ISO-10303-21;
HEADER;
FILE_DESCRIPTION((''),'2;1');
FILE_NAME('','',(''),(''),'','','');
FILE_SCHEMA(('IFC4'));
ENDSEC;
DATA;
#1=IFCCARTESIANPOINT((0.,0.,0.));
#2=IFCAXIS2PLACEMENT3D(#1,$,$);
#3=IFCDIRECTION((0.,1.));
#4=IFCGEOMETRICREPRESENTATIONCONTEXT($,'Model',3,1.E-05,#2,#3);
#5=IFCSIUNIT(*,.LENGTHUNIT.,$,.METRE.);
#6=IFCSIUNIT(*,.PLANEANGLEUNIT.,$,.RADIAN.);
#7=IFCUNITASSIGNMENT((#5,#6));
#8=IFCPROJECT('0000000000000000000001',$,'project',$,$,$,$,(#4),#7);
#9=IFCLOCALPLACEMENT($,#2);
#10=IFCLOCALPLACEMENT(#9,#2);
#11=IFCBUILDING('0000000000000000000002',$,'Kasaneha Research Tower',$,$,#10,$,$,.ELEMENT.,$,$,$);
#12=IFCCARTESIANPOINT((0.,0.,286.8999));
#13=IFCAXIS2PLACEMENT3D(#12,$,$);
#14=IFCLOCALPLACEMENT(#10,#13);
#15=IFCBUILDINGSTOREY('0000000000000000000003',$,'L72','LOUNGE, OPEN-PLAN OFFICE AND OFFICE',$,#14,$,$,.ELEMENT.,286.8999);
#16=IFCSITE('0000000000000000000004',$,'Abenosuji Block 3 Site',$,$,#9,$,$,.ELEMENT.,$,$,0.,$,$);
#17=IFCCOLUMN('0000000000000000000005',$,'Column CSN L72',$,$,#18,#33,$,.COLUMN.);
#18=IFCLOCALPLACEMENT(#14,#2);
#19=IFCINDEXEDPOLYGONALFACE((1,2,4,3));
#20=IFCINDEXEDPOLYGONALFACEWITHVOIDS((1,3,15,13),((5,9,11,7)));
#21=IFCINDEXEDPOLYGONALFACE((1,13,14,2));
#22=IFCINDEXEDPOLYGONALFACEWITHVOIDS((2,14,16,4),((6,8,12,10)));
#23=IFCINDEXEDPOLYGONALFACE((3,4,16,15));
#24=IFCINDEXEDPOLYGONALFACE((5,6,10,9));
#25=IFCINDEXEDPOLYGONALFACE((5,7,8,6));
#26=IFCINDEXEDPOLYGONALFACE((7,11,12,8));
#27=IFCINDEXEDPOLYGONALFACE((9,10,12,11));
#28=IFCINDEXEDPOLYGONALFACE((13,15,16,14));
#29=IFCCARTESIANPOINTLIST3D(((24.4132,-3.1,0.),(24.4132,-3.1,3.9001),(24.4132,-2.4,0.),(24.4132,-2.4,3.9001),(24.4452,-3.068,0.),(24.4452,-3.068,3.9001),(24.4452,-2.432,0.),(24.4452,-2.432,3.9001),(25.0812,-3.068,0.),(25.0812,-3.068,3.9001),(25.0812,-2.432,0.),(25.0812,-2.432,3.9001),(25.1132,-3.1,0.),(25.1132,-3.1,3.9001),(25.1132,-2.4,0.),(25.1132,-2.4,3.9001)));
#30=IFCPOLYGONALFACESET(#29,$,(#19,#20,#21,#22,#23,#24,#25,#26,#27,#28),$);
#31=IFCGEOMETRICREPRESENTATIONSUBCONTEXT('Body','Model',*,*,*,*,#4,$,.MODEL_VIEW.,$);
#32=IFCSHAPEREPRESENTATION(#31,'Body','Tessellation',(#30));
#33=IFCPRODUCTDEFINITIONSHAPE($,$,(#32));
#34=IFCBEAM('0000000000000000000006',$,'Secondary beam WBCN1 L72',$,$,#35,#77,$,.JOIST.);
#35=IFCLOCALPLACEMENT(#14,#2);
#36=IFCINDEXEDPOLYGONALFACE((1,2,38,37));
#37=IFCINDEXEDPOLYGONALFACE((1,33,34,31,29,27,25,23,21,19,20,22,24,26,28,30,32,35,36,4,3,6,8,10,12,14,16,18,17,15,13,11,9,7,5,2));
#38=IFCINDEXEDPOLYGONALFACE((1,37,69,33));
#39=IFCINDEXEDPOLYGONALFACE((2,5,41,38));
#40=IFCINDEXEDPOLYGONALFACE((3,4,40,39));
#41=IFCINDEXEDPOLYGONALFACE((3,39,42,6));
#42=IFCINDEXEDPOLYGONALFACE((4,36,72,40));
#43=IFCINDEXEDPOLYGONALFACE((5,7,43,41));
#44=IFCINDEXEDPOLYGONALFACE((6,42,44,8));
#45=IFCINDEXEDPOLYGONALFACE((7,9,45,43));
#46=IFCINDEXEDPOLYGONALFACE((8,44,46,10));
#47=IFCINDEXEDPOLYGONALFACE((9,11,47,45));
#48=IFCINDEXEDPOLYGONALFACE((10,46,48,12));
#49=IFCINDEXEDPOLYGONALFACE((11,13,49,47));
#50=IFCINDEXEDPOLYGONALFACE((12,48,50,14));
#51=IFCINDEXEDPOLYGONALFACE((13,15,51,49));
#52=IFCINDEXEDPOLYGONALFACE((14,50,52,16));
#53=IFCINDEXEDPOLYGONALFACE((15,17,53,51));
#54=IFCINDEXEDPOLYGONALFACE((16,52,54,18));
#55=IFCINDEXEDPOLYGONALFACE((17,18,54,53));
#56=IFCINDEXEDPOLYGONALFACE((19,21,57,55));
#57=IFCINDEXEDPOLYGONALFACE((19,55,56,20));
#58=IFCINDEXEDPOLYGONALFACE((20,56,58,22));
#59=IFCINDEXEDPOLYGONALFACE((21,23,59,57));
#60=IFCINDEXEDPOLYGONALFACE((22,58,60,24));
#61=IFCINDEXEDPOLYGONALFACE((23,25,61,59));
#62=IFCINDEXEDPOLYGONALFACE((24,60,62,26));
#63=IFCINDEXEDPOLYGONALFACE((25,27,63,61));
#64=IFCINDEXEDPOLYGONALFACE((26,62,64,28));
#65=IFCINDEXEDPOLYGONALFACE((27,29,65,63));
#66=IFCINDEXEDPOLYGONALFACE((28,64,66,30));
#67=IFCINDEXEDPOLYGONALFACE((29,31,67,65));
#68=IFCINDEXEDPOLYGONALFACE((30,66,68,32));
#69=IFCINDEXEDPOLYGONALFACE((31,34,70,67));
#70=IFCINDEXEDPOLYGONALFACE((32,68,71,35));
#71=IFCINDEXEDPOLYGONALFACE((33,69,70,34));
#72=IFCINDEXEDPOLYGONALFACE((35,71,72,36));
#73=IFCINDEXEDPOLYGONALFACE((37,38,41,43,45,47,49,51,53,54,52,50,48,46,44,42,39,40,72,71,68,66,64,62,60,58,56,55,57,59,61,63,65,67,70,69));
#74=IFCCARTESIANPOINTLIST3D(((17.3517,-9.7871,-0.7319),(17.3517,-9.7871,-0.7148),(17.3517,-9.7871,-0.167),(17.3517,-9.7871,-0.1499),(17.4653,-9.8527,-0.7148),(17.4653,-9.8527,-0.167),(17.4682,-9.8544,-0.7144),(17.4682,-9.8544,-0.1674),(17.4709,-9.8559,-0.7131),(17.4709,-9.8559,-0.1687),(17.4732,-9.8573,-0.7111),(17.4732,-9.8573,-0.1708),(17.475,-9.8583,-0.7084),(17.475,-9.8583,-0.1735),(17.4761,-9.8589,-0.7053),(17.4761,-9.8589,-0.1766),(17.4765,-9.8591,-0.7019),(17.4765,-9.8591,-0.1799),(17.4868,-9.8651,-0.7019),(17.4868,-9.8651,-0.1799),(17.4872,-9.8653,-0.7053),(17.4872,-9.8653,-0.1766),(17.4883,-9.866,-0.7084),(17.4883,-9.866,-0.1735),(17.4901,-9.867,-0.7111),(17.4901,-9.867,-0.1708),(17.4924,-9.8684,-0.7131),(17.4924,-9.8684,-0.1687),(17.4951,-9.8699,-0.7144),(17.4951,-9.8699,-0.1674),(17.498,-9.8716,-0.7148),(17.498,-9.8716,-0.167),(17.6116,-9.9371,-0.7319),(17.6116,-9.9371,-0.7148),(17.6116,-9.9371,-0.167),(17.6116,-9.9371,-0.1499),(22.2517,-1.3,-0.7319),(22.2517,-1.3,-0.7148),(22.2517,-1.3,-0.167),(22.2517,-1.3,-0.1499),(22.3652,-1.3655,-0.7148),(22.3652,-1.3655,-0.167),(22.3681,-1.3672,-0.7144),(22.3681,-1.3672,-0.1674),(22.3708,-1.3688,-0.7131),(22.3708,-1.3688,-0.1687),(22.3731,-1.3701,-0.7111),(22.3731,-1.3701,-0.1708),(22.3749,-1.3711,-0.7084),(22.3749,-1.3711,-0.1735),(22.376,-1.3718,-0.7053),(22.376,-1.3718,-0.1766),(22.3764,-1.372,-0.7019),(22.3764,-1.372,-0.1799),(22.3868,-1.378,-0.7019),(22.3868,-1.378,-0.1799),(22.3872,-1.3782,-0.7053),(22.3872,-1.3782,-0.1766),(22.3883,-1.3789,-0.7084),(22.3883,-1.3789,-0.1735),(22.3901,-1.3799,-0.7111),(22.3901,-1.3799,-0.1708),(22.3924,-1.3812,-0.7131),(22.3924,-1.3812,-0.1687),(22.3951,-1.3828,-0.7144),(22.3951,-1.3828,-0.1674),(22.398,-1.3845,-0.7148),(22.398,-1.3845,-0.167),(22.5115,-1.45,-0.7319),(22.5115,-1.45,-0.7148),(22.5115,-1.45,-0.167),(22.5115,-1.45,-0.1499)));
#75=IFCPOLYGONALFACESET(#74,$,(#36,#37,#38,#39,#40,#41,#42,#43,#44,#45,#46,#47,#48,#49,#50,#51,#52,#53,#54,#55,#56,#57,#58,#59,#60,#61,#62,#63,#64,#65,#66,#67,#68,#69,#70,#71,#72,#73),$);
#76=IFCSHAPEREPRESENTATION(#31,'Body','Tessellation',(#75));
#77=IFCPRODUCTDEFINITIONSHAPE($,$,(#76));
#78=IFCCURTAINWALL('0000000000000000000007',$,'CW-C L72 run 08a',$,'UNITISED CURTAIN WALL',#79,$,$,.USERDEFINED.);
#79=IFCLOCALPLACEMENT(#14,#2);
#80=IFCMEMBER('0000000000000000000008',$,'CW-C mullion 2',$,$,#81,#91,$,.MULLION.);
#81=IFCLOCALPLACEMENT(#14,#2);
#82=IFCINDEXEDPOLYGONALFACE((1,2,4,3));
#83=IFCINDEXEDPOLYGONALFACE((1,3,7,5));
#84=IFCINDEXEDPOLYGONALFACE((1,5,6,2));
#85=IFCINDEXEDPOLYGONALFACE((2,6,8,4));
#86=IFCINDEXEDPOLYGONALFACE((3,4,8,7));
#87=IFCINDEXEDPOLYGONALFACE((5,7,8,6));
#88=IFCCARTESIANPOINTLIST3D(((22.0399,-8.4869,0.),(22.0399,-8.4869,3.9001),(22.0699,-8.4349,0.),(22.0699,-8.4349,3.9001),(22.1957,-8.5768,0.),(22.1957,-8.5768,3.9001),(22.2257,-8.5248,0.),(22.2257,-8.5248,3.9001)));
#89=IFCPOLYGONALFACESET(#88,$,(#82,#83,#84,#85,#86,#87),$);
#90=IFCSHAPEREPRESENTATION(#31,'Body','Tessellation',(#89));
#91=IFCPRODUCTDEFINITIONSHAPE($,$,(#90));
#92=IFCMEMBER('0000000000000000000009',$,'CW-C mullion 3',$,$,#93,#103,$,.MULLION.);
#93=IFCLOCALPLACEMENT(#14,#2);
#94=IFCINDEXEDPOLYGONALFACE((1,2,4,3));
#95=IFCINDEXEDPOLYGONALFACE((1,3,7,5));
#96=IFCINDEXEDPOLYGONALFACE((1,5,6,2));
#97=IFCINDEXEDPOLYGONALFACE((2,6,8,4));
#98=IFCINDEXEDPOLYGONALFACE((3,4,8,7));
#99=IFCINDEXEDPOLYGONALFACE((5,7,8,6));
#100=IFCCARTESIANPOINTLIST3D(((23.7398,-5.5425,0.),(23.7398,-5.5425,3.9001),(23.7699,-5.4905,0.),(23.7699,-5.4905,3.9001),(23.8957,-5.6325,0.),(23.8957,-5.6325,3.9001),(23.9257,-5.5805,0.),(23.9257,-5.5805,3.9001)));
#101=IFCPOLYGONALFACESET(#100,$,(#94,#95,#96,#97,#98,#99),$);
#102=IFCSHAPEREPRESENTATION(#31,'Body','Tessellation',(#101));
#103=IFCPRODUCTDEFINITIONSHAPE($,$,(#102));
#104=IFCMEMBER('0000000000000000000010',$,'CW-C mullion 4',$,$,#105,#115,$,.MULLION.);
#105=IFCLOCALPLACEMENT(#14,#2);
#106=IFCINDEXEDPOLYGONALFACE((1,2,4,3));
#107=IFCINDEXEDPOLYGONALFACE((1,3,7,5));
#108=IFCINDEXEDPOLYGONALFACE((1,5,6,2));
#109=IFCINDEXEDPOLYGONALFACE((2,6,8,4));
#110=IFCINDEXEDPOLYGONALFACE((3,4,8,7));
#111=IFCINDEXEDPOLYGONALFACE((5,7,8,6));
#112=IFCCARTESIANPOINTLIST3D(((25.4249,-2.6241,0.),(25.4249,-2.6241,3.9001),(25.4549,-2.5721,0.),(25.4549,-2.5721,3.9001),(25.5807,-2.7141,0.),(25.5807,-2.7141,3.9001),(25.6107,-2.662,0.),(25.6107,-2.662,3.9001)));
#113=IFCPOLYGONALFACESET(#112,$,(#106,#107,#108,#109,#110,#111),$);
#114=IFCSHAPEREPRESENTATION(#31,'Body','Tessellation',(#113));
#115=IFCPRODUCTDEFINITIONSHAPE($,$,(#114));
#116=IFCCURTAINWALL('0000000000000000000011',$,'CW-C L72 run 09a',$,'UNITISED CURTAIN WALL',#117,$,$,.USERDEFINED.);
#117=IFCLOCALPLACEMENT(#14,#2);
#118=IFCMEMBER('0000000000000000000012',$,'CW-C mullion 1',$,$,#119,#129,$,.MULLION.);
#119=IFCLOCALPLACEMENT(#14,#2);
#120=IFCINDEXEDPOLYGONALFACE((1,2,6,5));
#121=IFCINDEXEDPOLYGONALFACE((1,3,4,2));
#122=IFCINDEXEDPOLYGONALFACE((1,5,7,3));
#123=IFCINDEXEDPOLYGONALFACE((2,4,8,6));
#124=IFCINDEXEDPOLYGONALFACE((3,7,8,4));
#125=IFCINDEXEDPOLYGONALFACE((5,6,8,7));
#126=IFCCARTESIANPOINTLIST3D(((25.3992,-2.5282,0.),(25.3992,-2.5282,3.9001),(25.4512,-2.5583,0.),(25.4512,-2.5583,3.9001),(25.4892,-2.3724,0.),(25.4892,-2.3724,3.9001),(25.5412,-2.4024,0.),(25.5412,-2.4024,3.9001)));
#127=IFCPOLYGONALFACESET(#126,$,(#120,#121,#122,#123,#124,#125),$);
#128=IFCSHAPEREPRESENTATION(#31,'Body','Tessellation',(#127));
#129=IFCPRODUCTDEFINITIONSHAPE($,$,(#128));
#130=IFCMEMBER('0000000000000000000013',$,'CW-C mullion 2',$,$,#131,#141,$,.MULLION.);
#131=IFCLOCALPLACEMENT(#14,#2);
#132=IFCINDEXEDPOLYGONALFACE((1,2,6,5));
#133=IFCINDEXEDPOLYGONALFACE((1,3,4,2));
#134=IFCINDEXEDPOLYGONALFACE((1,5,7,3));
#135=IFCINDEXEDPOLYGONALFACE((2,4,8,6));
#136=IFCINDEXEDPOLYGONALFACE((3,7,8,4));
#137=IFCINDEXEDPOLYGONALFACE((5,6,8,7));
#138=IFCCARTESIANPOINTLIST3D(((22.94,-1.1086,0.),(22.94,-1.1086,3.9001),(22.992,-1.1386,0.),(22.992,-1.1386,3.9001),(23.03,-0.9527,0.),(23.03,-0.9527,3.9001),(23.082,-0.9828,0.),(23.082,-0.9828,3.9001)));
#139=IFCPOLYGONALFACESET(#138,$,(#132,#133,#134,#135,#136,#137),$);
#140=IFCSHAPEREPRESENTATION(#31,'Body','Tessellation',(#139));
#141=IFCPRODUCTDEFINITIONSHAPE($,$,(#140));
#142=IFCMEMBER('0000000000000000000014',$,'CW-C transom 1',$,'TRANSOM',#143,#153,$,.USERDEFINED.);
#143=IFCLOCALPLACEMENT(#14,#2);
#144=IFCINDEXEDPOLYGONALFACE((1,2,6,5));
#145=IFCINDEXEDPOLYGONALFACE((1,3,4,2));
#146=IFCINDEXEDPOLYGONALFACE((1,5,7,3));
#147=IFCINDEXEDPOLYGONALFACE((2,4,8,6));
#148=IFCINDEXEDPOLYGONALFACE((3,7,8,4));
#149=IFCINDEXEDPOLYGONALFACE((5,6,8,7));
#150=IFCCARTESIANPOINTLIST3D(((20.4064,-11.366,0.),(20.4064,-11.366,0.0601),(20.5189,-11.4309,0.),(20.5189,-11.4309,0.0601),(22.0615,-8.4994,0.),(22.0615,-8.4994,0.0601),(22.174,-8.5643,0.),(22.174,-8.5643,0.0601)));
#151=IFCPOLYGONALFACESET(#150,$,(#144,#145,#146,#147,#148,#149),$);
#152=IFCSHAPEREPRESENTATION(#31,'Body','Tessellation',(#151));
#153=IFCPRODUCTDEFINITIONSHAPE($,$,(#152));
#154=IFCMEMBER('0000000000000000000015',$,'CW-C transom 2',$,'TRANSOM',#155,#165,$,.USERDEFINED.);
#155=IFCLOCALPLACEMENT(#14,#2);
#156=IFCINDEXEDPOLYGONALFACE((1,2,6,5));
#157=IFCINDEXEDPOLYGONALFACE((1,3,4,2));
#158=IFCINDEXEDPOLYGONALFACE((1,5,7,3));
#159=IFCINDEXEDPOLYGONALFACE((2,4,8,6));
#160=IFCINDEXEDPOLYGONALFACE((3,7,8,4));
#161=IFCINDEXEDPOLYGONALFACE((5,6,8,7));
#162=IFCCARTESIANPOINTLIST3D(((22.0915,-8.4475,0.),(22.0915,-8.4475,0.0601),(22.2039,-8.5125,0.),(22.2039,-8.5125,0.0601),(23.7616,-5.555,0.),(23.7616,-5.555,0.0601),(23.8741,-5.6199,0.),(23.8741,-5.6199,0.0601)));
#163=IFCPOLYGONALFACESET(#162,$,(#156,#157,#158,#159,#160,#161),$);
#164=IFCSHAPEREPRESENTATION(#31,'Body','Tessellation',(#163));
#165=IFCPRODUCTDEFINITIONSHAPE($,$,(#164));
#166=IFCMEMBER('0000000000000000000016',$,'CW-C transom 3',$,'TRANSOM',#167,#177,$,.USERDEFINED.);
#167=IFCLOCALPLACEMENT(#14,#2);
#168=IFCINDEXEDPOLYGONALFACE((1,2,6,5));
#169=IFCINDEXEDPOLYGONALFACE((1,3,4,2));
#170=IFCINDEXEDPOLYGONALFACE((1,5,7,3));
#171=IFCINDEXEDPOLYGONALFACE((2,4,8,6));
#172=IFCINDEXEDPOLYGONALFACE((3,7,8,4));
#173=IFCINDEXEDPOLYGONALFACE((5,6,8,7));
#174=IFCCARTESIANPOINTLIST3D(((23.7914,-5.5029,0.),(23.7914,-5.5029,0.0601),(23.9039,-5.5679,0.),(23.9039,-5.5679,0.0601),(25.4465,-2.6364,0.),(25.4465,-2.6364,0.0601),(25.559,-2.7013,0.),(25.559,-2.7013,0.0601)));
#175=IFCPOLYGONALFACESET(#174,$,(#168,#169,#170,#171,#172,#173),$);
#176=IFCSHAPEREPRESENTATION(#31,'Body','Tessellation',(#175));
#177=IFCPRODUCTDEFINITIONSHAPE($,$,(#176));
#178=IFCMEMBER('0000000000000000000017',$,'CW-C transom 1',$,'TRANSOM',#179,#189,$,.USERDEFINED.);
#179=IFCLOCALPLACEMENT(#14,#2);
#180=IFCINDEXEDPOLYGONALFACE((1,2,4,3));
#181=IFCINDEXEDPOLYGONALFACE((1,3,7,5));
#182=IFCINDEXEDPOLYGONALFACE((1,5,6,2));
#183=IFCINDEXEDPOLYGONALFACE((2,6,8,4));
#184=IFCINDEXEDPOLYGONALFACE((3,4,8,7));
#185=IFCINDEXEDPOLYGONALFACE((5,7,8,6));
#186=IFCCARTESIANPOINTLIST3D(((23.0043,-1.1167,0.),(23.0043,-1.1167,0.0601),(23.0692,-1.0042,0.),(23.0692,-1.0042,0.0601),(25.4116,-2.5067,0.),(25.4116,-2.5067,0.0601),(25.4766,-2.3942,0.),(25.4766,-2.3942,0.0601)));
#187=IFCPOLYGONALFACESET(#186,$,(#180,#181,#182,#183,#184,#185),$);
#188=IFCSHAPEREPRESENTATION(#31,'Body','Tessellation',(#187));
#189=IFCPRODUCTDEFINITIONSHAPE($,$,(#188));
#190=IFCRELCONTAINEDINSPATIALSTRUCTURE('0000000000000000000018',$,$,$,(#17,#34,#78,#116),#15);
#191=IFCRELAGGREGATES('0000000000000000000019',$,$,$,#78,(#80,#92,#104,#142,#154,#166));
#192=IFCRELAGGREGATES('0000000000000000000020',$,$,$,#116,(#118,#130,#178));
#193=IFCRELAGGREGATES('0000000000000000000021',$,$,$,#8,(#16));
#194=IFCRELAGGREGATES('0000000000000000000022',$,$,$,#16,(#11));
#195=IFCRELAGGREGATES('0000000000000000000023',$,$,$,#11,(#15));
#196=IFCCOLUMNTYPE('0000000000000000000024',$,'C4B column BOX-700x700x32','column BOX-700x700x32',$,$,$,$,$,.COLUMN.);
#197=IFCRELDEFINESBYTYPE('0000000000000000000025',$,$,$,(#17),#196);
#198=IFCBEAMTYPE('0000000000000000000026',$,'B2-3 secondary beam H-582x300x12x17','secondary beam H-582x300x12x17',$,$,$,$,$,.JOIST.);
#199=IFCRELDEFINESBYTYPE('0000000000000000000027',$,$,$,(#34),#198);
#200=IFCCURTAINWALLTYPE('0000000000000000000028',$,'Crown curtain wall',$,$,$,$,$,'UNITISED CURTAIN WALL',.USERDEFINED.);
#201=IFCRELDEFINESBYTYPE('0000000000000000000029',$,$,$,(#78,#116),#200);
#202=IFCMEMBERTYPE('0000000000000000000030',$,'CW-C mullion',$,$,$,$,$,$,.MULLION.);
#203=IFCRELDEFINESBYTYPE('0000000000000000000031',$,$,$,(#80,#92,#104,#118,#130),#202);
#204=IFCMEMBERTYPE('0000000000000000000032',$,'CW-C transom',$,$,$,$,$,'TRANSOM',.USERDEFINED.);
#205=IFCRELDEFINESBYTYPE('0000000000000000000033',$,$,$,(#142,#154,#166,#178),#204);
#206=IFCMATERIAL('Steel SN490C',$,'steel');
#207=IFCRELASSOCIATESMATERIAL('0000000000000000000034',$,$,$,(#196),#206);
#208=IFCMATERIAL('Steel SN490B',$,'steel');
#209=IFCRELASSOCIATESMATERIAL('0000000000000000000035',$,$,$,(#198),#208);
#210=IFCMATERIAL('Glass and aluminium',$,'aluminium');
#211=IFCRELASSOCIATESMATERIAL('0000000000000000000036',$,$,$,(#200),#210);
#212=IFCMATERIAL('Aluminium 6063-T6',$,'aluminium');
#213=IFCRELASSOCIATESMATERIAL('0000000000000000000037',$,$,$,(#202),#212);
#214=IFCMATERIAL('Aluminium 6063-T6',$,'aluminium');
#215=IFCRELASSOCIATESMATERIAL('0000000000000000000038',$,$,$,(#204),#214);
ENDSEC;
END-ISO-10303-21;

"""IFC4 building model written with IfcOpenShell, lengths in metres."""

from ifc_helpers import new_model, si_unit, direction, frame, origin, origin_2d, place, context, subcontext, project, spatial, rectangle, hollow_rectangle, i_section, extrude, material, material_profile, profile_set, type_object, element, aggregate, save


model = new_model("IFC4")

# Units and contexts
model_context = context("Model", 3, precision=1e-05, world=origin(), true_north=direction((0.0, 1.0)))
body_context = subcontext(model_context, "Body", "Model", "MODEL_VIEW")
ifc_project = project(units=[si_unit("LENGTHUNIT", "METRE"), si_unit("PLANEANGLEUNIT", "RADIAN")], contexts=[model_context])

# Site, building, storey
site_placement = place(None, origin())
site = spatial("IfcSite", under=ifc_project, at=site_placement, Name="Abenosuji Block 3 Site", CompositionType="ELEMENT", RefElevation=0.0)
building_placement = place(site_placement, origin())
building = spatial("IfcBuilding", under=site, at=building_placement, Name="Kasaneha Research Tower", CompositionType="ELEMENT")
storey_placement = place(building_placement, frame((0.0, 0.0, 286.8999)))
storey = spatial("IfcBuildingStorey", under=building, at=storey_placement, Name="L72", Description="LOUNGE, OPEN-PLAN OFFICE AND OFFICE", CompositionType="ELEMENT", Elevation=286.8999)

# Column
ifc_material_1 = material(Name="Steel SN490C", Category="steel")
ifc_material_profile_1 = material_profile(ifc_material_1, hollow_rectangle(XDim=0.7, YDim=0.7, WallThickness=0.032, at=origin_2d()), Name="BOX-700x700x32")
ifc_profile_set_1 = profile_set([ifc_material_profile_1], Name="Steel SN490C")
column_type = type_object("IfcColumnType", Name="C4B column BOX-700x700x32", Description="column BOX-700x700x32", PredefinedType="COLUMN", material=ifc_profile_set_1)
column_placement = place(storey_placement, frame((24.7632, -2.75, 0.0), z_axis=(0.0, 0.0, 1.0), x_axis=(1.0, 0.0, 0.0)))
element("IfcColumn", 1, at=column_placement, inside=storey, type_object=column_type, Name="Column CSN L72", PredefinedType="COLUMN", context=body_context, shape_type="SweptSolid", body=[
    extrude(hollow_rectangle(XDim=0.7, YDim=0.7, WallThickness=0.032, at=origin_2d()), origin(), (0.0, 0.0, 1.0), 3.9001),
])

# Beam
ifc_material_2 = material(Name="Steel SN490B", Category="steel")
ifc_material_profile_2 = material_profile(ifc_material_2, i_section(OverallWidth=0.3, OverallDepth=0.582, WebThickness=0.012, FlangeThickness=0.0171, FilletRadius=0.0129, at=origin_2d()), Name="H-582x300x12x17")
ifc_profile_set_2 = profile_set([ifc_material_profile_2], Name="Steel SN490B")
beam_type_1 = type_object("IfcBeamType", Name="B2-3 secondary beam H-582x300x12x17", Description="secondary beam H-582x300x12x17", PredefinedType="JOIST", material=ifc_profile_set_2)
beam_1_placement = place(storey_placement, frame((22.3816, -1.375, -0.4409), z_axis=(-0.499992, -0.86603, 0.0), x_axis=(0.86603, -0.499992, 0.0)))
element("IfcBeam", 2, at=beam_1_placement, inside=storey, type_object=beam_type_1, Name="Secondary beam WBCN1 L72", PredefinedType="JOIST", context=body_context, shape_type="SweptSolid", body=[
    extrude(i_section(OverallWidth=0.3, OverallDepth=0.582, WebThickness=0.012, FlangeThickness=0.0171, FilletRadius=0.0129, at=origin_2d()), origin(), (0.0, 0.0, 1.0), 9.8),
])

# Curtain walls, members
ifc_material_3 = material(Name="Glass and aluminium", Category="aluminium")
curtain_wall_type = type_object("IfcCurtainWallType", Name="Crown curtain wall", ElementType="UNITISED CURTAIN WALL", PredefinedType="USERDEFINED", material=ifc_material_3)
curtain_wall_1_placement = place(storey_placement, origin())
curtain_wall_1 = element("IfcCurtainWall", 3, at=curtain_wall_1_placement, inside=storey, type_object=curtain_wall_type, Name="CW-C L72 run 08a", ObjectType="UNITISED CURTAIN WALL", PredefinedType="USERDEFINED")
ifc_material_4 = material(Name="Aluminium 6063-T6", Category="aluminium")
ifc_material_profile_3 = material_profile(ifc_material_4, rectangle(XDim=0.0601, YDim=0.1799, at=origin_2d()), Name="CW-C mullion 60x180")
ifc_profile_set_3 = profile_set([ifc_material_profile_3], Name="Aluminium 6063-T6")
member_type_1 = type_object("IfcMemberType", Name="CW-C mullion", PredefinedType="MULLION", material=ifc_profile_set_3)
member_1_placement = place(storey_placement, frame((22.1328, -8.5059, 0.0), z_axis=(0.0, 0.0, 1.0), x_axis=(0.5, 0.866025, 0.0)))
member_1 = element("IfcMember", 4, at=member_1_placement, type_object=member_type_1, Name="CW-C mullion 2", PredefinedType="MULLION", context=body_context, shape_type="SweptSolid", body=[
    extrude(rectangle(XDim=0.0601, YDim=0.1799, at=origin_2d()), origin(), (0.0, 0.0, 1.0), 3.9001),
])
member_2_placement = place(storey_placement, frame((23.8328, -5.5615, 0.0), z_axis=(0.0, 0.0, 1.0), x_axis=(0.5, 0.866025, 0.0)))
member_2 = element("IfcMember", 5, at=member_2_placement, type_object=member_type_1, Name="CW-C mullion 3", PredefinedType="MULLION", context=body_context, shape_type="SweptSolid", body=[
    extrude(rectangle(XDim=0.0601, YDim=0.1799, at=origin_2d()), origin(), (0.0, 0.0, 1.0), 3.9001),
])
member_3_placement = place(storey_placement, frame((25.5178, -2.6431, 0.0), z_axis=(0.0, 0.0, 1.0), x_axis=(0.5, 0.866025, 0.0)))
member_3 = element("IfcMember", 6, at=member_3_placement, type_object=member_type_1, Name="CW-C mullion 4", PredefinedType="MULLION", context=body_context, shape_type="SweptSolid", body=[
    extrude(rectangle(XDim=0.0601, YDim=0.1799, at=origin_2d()), origin(), (0.0, 0.0, 1.0), 3.9001),
])
curtain_wall_2_placement = place(storey_placement, origin())
curtain_wall_2 = element("IfcCurtainWall", 7, at=curtain_wall_2_placement, inside=storey, type_object=curtain_wall_type, Name="CW-C L72 run 09a", ObjectType="UNITISED CURTAIN WALL", PredefinedType="USERDEFINED")
member_4_placement = place(storey_placement, frame((25.4702, -2.4653, 0.0), z_axis=(0.0, 0.0, 1.0), x_axis=(-0.866025, 0.5, 0.0)))
member_4 = element("IfcMember", 8, at=member_4_placement, type_object=member_type_1, Name="CW-C mullion 1", PredefinedType="MULLION", context=body_context, shape_type="SweptSolid", body=[
    extrude(rectangle(XDim=0.0601, YDim=0.1799, at=origin_2d()), origin(), (0.0, 0.0, 1.0), 3.9001),
])
member_5_placement = place(storey_placement, frame((23.011, -1.0457, 0.0), z_axis=(0.0, 0.0, 1.0), x_axis=(-0.866025, 0.5, 0.0)))
member_5 = element("IfcMember", 9, at=member_5_placement, type_object=member_type_1, Name="CW-C mullion 2", PredefinedType="MULLION", context=body_context, shape_type="SweptSolid", body=[
    extrude(rectangle(XDim=0.0601, YDim=0.1799, at=origin_2d()), origin(), (0.0, 0.0, 1.0), 3.9001),
])

# Members
ifc_material_5 = material(Name="Aluminium 6063-T6", Category="aluminium")
ifc_material_profile_4 = material_profile(ifc_material_5, rectangle(XDim=0.1299, YDim=0.0601, at=origin_2d()), Name="CW-C transom 130x60")
ifc_profile_set_4 = profile_set([ifc_material_profile_4], Name="Aluminium 6063-T6")
member_type_2 = type_object("IfcMemberType", Name="CW-C transom", ElementType="TRANSOM", PredefinedType="USERDEFINED", material=ifc_profile_set_4)
member_6_placement = place(storey_placement, frame((20.4626, -11.3984, 0.03), z_axis=(0.500018, 0.866015, 0.0), x_axis=(-0.866015, 0.500018, 0.0)))
member_6 = element("IfcMember", 10, at=member_6_placement, type_object=member_type_2, Name="CW-C transom 1", ObjectType="TRANSOM", PredefinedType="USERDEFINED", context=body_context, shape_type="SweptSolid", body=[
    extrude(rectangle(XDim=0.1299, YDim=0.0601, at=origin_2d()), origin(), (0.0, 0.0, 1.0), 3.3101),
])
member_7_placement = place(storey_placement, frame((22.1477, -8.48, 0.03), z_axis=(0.50003, 0.866008, 0.0), x_axis=(-0.866008, 0.50003, 0.0)))
member_7 = element("IfcMember", 11, at=member_7_placement, type_object=member_type_2, Name="CW-C transom 2", ObjectType="TRANSOM", PredefinedType="USERDEFINED", context=body_context, shape_type="SweptSolid", body=[
    extrude(rectangle(XDim=0.1299, YDim=0.0601, at=origin_2d()), origin(), (0.0, 0.0, 1.0), 3.3401),
])
member_8_placement = place(storey_placement, frame((23.8477, -5.5354, 0.03), z_axis=(0.500018, 0.866015, 0.0), x_axis=(-0.866015, 0.500018, 0.0)))
member_8 = element("IfcMember", 12, at=member_8_placement, type_object=member_type_2, Name="CW-C transom 3", ObjectType="TRANSOM", PredefinedType="USERDEFINED", context=body_context, shape_type="SweptSolid", body=[
    extrude(rectangle(XDim=0.1299, YDim=0.0601, at=origin_2d()), origin(), (0.0, 0.0, 1.0), 3.3101),
])
member_9_placement = place(storey_placement, frame((25.4441, -2.4504, 0.03), z_axis=(-0.866013, 0.500021, 0.0), x_axis=(-0.500021, -0.866013, 0.0)))
member_9 = element("IfcMember", 13, at=member_9_placement, type_object=member_type_2, Name="CW-C transom 1", ObjectType="TRANSOM", PredefinedType="USERDEFINED", context=body_context, shape_type="SweptSolid", body=[
    extrude(rectangle(XDim=0.1299, YDim=0.0601, at=origin_2d()), origin(), (0.0, 0.0, 1.0), 2.7798),
])

aggregate(curtain_wall_1, [member_1, member_2, member_3, member_6, member_7, member_8])
aggregate(curtain_wall_2, [member_4, member_5, member_9])

save(model, "model.ifc")
